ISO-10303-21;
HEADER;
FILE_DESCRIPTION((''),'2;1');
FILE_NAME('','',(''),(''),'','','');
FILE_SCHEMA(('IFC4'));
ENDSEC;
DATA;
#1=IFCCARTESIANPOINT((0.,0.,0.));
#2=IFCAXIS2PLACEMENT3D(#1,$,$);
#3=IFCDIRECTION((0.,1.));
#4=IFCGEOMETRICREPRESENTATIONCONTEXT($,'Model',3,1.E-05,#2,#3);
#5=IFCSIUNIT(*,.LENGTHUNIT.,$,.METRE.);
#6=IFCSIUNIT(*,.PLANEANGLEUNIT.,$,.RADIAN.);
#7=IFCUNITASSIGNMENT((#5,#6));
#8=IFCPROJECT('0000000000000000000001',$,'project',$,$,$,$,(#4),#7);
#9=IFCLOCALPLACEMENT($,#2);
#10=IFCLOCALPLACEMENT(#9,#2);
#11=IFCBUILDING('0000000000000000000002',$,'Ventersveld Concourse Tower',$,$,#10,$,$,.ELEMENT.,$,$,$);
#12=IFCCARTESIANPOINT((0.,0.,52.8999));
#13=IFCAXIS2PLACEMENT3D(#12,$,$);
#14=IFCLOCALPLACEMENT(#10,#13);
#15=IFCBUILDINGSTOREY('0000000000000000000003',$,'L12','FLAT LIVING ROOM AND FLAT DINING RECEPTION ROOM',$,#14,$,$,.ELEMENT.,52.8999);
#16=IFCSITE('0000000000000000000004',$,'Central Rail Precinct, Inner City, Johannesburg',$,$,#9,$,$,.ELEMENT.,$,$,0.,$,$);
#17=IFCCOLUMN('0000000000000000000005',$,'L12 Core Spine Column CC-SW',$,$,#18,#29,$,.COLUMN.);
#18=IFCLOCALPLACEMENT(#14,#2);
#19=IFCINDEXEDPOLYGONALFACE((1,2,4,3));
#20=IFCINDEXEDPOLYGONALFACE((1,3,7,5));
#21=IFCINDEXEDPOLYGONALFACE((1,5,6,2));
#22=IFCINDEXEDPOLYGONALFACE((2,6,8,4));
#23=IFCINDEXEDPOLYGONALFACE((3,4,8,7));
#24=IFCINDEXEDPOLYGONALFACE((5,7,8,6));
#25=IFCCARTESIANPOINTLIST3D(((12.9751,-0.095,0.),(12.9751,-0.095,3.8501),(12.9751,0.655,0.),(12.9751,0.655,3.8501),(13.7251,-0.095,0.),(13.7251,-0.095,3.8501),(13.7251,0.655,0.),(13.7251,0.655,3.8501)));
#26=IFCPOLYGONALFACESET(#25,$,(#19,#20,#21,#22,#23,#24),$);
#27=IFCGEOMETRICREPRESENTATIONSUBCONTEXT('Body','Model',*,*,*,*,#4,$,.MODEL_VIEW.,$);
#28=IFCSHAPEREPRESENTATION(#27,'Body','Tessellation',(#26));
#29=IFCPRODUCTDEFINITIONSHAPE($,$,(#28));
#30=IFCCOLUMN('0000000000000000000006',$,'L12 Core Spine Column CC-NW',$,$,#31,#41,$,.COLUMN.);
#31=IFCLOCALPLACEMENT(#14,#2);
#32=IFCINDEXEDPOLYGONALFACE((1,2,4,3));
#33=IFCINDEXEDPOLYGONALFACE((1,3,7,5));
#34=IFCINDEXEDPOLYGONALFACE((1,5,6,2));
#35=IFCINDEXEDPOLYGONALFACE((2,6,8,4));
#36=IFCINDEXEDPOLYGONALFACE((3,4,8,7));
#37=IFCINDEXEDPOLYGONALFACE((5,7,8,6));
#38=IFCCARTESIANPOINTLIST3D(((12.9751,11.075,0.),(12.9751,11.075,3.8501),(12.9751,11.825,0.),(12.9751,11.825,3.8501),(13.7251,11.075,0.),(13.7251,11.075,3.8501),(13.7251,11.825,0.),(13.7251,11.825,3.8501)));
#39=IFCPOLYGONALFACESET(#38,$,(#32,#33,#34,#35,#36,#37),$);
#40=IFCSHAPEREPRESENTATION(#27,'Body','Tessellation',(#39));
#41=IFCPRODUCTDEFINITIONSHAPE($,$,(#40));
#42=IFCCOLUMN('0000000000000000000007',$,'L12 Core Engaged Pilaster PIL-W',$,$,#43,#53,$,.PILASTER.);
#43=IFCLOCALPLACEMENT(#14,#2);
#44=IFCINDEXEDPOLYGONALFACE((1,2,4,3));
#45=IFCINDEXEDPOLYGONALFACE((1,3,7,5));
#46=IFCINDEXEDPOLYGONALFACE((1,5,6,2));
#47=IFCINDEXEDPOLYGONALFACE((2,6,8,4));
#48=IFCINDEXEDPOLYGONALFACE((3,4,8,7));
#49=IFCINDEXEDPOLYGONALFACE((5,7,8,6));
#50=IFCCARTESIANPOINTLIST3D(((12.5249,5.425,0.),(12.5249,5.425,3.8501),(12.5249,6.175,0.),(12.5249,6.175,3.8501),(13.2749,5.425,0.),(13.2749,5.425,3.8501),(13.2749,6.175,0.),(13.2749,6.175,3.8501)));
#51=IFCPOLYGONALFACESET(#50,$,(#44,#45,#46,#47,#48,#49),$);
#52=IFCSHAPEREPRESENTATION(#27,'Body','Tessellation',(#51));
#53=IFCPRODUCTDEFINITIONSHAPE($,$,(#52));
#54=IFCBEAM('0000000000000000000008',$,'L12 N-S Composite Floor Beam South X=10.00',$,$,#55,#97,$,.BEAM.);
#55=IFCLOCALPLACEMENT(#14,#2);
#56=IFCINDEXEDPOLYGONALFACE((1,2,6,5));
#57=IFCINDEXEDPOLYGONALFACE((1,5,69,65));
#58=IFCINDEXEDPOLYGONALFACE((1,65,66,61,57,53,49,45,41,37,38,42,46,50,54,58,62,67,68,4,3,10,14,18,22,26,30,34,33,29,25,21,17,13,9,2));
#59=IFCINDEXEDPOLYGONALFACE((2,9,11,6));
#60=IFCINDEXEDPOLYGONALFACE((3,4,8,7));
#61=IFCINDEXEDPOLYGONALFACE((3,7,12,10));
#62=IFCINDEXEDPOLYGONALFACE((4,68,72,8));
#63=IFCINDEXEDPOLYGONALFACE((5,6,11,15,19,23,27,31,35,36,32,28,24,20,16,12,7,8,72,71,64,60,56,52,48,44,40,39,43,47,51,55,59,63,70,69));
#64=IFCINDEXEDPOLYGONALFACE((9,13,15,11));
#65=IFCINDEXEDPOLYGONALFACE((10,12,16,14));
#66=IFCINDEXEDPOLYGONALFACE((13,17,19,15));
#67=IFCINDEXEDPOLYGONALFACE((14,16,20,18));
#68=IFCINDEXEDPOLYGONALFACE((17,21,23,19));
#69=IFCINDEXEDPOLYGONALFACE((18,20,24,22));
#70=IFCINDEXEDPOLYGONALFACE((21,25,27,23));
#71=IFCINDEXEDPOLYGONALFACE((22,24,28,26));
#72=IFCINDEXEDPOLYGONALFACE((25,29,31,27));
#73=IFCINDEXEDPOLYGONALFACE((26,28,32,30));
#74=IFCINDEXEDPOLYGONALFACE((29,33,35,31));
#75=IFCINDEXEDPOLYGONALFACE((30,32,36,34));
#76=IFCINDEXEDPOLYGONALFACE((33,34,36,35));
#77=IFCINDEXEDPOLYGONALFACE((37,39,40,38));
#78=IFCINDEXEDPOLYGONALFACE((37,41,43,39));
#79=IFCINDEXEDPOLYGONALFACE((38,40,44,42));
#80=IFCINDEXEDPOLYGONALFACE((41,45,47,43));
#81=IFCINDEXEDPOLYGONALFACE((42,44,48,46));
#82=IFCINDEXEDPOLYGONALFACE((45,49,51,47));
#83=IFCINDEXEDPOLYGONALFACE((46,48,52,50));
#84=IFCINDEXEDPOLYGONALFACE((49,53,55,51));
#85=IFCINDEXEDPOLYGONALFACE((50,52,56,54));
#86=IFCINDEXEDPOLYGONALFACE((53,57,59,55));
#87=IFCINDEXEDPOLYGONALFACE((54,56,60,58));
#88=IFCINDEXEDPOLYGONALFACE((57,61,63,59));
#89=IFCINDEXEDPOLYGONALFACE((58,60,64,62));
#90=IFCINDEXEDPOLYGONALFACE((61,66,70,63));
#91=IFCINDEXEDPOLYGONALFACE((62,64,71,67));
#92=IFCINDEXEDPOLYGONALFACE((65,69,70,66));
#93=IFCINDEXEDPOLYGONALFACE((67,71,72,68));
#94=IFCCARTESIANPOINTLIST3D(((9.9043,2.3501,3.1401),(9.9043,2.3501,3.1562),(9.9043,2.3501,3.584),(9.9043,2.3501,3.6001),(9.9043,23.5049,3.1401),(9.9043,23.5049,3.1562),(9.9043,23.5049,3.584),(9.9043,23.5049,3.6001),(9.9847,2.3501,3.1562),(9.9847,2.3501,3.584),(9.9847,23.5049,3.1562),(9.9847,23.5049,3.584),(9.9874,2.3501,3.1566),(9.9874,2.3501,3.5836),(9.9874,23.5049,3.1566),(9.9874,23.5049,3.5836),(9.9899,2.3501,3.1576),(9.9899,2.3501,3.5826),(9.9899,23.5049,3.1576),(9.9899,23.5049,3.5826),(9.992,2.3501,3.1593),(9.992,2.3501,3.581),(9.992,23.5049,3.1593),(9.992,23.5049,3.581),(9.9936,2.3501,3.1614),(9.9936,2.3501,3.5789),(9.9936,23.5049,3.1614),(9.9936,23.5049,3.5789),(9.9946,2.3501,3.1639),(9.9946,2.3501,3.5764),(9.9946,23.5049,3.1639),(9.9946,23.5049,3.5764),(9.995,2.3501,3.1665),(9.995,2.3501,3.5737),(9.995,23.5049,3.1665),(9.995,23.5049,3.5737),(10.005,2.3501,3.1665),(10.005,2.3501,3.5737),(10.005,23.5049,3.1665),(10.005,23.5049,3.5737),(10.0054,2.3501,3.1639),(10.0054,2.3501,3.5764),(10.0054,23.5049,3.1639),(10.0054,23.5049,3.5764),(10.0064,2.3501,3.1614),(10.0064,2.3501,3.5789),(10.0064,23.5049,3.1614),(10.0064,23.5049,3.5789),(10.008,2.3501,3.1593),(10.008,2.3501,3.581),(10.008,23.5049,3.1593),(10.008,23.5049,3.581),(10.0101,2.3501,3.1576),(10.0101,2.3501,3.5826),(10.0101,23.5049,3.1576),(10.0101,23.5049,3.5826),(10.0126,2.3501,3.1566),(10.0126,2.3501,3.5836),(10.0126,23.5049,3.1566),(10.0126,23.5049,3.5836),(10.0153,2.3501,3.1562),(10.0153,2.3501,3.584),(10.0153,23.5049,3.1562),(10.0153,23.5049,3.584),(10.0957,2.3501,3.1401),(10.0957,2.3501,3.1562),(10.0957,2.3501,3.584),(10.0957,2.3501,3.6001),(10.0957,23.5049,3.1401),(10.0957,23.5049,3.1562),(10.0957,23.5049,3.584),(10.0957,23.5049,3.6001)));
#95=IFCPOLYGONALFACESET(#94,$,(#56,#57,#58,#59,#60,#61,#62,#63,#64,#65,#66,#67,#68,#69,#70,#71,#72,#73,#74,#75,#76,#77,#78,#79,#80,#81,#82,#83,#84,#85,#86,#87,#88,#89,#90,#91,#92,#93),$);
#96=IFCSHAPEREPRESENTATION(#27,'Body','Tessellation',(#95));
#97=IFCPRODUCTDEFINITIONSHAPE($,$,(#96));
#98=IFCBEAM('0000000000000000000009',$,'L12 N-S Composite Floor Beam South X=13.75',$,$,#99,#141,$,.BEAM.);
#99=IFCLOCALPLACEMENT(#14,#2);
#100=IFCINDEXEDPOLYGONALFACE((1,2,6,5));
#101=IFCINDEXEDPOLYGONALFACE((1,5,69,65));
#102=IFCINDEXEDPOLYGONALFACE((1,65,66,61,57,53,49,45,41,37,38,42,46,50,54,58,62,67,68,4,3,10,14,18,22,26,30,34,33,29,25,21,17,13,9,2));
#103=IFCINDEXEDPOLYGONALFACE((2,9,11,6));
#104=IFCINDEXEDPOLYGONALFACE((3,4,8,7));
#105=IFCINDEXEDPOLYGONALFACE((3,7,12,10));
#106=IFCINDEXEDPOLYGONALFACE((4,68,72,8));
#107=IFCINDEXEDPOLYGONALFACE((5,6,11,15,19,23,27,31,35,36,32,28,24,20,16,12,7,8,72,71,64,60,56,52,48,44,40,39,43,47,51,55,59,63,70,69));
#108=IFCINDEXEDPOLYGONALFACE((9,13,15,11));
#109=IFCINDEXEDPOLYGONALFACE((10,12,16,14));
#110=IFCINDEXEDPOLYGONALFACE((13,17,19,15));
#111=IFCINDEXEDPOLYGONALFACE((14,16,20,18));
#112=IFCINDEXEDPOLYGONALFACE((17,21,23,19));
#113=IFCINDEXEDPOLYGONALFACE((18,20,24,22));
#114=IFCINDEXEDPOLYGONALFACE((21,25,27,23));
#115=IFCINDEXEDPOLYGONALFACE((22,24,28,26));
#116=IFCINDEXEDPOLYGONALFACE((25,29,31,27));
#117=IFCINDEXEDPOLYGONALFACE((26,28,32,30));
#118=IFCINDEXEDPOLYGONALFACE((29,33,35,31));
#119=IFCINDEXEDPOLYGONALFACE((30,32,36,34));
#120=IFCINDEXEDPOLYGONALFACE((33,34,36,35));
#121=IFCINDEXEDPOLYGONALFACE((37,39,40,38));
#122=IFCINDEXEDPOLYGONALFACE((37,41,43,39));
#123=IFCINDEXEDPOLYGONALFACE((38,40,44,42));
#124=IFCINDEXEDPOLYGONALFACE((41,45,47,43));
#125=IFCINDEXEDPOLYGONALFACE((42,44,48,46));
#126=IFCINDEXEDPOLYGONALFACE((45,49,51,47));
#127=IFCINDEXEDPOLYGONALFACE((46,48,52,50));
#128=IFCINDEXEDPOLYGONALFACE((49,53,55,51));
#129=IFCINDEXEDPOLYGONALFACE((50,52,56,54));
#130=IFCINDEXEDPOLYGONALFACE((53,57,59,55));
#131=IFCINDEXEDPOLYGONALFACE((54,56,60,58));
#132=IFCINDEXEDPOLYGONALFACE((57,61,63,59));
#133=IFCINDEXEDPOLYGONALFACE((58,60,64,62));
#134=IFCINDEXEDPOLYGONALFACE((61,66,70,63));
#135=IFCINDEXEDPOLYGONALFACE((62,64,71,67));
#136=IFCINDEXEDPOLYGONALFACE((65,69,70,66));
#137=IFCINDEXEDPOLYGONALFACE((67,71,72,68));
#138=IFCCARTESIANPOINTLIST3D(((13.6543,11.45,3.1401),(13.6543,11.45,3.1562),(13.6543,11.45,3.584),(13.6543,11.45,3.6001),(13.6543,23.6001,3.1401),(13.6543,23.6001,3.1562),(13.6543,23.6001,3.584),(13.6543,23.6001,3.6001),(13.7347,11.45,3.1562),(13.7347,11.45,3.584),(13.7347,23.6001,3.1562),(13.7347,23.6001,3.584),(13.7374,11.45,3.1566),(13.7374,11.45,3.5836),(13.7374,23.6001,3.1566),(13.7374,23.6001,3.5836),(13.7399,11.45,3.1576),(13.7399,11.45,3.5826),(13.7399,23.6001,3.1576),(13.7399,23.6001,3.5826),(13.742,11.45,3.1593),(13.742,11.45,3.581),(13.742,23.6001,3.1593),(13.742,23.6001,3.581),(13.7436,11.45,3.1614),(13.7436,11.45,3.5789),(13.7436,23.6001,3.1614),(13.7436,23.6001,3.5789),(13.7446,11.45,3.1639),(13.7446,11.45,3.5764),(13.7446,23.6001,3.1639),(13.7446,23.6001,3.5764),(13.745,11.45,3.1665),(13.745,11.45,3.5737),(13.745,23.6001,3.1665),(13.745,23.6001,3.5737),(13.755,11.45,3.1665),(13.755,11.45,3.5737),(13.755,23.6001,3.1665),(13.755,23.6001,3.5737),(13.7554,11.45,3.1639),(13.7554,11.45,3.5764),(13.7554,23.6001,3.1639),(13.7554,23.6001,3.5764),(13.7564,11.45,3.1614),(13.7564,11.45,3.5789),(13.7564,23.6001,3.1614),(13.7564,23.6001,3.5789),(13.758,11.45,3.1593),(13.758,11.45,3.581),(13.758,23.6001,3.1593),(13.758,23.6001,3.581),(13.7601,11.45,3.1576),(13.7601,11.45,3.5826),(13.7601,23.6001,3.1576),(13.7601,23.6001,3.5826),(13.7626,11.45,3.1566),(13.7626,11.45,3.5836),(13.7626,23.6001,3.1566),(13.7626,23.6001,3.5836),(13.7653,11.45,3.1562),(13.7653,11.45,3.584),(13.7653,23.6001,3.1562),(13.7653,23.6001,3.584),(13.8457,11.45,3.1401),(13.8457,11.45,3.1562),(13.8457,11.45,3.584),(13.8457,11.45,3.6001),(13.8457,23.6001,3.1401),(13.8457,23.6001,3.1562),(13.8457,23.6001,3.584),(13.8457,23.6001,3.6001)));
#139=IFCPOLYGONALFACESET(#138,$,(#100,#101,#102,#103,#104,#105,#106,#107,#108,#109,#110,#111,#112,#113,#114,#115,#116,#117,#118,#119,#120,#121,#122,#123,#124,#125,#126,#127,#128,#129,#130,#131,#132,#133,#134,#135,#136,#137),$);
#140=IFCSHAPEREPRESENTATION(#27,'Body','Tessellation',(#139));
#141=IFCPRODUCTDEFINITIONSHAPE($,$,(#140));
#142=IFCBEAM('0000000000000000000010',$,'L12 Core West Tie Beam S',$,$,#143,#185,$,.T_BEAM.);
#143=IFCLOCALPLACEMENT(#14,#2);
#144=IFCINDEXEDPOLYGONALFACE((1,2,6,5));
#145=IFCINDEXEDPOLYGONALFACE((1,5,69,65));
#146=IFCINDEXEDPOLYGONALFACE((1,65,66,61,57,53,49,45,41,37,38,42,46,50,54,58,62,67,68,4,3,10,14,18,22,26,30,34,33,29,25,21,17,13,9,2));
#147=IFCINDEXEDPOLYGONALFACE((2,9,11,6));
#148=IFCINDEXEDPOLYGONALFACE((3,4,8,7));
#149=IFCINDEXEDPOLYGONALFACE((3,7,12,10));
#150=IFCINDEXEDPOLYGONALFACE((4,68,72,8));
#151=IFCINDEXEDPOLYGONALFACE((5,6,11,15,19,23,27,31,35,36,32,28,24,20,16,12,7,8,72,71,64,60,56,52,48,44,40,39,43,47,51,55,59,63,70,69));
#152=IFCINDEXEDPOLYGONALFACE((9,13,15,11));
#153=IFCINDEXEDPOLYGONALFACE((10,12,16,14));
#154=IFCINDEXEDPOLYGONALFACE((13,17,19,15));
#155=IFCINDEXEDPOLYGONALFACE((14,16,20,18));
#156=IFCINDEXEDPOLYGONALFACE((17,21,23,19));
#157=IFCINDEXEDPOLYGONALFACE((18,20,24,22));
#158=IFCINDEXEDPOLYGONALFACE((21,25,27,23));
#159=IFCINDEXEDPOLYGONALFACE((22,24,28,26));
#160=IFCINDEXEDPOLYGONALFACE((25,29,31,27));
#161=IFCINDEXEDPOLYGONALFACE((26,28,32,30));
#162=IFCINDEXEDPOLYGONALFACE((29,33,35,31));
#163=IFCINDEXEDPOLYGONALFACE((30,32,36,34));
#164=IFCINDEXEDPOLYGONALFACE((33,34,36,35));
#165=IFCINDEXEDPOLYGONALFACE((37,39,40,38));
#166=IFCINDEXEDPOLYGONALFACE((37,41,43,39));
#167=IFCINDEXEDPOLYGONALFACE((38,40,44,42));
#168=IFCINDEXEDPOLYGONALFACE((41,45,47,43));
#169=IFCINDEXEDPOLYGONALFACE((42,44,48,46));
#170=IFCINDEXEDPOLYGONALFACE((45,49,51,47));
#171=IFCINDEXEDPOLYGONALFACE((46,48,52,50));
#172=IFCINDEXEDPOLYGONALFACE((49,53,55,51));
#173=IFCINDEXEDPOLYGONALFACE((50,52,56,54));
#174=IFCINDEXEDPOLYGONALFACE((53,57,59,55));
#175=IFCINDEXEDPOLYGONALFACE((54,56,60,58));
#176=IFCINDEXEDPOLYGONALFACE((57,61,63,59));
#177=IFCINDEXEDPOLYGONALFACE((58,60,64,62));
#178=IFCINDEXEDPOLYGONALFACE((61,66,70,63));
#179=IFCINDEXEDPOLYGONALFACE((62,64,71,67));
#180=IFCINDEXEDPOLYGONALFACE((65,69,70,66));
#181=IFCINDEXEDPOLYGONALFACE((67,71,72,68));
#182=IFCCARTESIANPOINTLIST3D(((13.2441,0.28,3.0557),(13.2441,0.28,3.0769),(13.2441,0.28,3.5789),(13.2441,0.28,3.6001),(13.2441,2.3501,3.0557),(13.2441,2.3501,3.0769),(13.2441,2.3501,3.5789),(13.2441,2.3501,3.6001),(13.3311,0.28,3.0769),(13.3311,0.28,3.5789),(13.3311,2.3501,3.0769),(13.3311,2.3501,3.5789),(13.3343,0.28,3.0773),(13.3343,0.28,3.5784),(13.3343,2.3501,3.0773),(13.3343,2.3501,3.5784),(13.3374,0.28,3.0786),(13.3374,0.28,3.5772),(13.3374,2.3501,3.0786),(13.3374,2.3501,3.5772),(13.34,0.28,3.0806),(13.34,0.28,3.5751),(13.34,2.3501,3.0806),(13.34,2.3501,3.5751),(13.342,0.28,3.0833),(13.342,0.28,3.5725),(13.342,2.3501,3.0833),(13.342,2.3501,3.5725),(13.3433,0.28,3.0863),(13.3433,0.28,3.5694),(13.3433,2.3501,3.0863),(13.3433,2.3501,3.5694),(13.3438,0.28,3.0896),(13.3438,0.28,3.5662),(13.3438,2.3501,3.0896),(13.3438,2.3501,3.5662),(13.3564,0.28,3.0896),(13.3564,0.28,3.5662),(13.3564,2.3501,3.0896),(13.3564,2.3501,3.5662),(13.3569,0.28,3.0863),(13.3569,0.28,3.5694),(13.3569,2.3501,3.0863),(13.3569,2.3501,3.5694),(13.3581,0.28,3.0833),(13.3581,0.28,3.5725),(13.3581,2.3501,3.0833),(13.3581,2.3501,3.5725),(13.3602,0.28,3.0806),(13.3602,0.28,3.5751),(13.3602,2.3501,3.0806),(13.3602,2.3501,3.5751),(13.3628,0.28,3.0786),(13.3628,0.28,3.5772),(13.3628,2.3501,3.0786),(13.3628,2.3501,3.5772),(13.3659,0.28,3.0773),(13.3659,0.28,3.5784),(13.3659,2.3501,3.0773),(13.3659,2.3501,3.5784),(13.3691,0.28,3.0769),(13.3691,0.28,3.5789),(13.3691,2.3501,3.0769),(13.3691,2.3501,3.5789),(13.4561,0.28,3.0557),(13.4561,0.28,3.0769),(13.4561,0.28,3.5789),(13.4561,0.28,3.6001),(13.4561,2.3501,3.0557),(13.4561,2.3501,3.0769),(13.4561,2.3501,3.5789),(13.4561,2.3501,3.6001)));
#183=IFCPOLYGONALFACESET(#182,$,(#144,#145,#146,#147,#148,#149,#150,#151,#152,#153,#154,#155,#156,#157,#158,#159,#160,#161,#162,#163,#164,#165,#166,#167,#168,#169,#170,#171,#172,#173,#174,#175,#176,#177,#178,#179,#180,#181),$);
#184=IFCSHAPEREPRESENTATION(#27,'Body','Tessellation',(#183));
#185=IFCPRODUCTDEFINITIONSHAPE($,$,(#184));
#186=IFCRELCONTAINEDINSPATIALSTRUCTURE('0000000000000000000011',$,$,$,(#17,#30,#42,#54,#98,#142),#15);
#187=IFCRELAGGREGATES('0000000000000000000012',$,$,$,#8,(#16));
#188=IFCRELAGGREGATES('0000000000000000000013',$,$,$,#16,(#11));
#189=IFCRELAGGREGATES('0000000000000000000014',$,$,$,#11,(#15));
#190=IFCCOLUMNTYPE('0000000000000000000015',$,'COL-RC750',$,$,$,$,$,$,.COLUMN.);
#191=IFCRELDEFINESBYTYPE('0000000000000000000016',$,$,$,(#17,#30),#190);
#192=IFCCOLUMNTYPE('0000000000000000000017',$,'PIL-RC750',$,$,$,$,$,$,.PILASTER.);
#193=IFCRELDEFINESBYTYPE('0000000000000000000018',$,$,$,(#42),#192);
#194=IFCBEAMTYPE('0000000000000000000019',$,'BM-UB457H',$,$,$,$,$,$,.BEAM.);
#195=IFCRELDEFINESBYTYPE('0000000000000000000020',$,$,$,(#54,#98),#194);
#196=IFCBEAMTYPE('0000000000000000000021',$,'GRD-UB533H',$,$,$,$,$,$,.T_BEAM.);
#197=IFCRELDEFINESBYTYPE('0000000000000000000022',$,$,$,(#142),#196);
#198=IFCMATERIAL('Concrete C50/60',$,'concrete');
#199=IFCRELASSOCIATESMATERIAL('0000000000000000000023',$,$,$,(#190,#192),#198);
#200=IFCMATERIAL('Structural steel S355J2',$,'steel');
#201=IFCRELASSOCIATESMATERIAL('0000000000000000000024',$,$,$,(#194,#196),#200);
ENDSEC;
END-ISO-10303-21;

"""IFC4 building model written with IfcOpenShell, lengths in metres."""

from ifc_helpers import new_model, si_unit, direction, frame, origin, origin_2d, place, context, subcontext, project, spatial, rectangle, i_section, extrude, material, material_profile, profile_set, type_object, element, save


model = new_model("IFC4")

# Units and contexts
model_context = context("Model", 3, precision=1e-05, world=origin(), true_north=direction((0.0, 1.0)))
body_context = subcontext(model_context, "Body", "Model", "MODEL_VIEW")
ifc_project = project(units=[si_unit("LENGTHUNIT", "METRE"), si_unit("PLANEANGLEUNIT", "RADIAN")], contexts=[model_context])

# Site, building, storey
site_placement = place(None, origin())
site = spatial("IfcSite", under=ifc_project, at=site_placement, Name="Central Rail Precinct, Inner City, Johannesburg", CompositionType="ELEMENT", RefElevation=0.0)
building_placement = place(site_placement, origin())
building = spatial("IfcBuilding", under=site, at=building_placement, Name="Ventersveld Concourse Tower", CompositionType="ELEMENT")
storey_placement = place(building_placement, frame((0.0, 0.0, 52.8999)))
storey = spatial("IfcBuildingStorey", under=building, at=storey_placement, Name="L12", Description="FLAT LIVING ROOM AND FLAT DINING RECEPTION ROOM", CompositionType="ELEMENT", Elevation=52.8999)

# Columns
ifc_material_1 = material(Name="Concrete C50/60", Category="concrete")
ifc_material_profile_1 = material_profile(ifc_material_1, rectangle(XDim=0.75, YDim=0.75, at=origin_2d()), Name="RC 750x750")
ifc_profile_set_1 = profile_set([ifc_material_profile_1], Name="Concrete C50/60")
column_type_1 = type_object("IfcColumnType", Name="COL-RC750", PredefinedType="COLUMN", material=ifc_profile_set_1)
for number, where, z_axis, x_axis, name in (
    (1, (13.3501, 0.28, 0.0), (0.0, 0.0, 1.0), (1.0, 0.0, 0.0), "L12 Core Spine Column CC-SW"),
    (2, (13.3501, 11.45, 0.0), (0.0, 0.0, 1.0), (1.0, 0.0, 0.0), "L12 Core Spine Column CC-NW"),
):
    element("IfcColumn", number, at=place(storey_placement, frame(where, z_axis=z_axis, x_axis=x_axis)), inside=storey, type_object=column_type_1, Name=name, PredefinedType="COLUMN", context=body_context, shape_type="SweptSolid", body=[
        extrude(rectangle(XDim=0.75, YDim=0.75, at=origin_2d()), origin(), (0.0, 0.0, 1.0), 3.8501),
    ])
ifc_material_profile_2 = material_profile(ifc_material_1, rectangle(XDim=0.75, YDim=0.75, at=origin_2d()), Name="RC 750x750")
ifc_profile_set_2 = profile_set([ifc_material_profile_2], Name="Concrete C50/60")
column_type_2 = type_object("IfcColumnType", Name="PIL-RC750", PredefinedType="PILASTER", material=ifc_profile_set_2)
column_placement = place(storey_placement, frame((12.8999, 5.8, 0.0), z_axis=(0.0, 0.0, 1.0), x_axis=(1.0, 0.0, 0.0)))
element("IfcColumn", 3, at=column_placement, inside=storey, type_object=column_type_2, Name="L12 Core Engaged Pilaster PIL-W", PredefinedType="PILASTER", context=body_context, shape_type="SweptSolid", body=[
    extrude(rectangle(XDim=0.75, YDim=0.75, at=origin_2d()), origin(), (0.0, 0.0, 1.0), 3.8501),
])

# Beams
ifc_material_2 = material(Name="Structural steel S355J2", Category="steel")
ifc_material_profile_3 = material_profile(ifc_material_2, i_section(OverallWidth=0.1914, OverallDepth=0.46, WebThickness=0.01, FlangeThickness=0.0161, FilletRadius=0.0103, at=origin_2d()), Name="UB 457x191x82")
ifc_profile_set_3 = profile_set([ifc_material_profile_3], Name="Structural steel S355J2")
beam_type_1 = type_object("IfcBeamType", Name="BM-UB457H", PredefinedType="BEAM", material=ifc_profile_set_3)
beam_1_placement = place(storey_placement, frame((10.0, 2.3501, 3.3701), z_axis=(0.0, 1.0, 0.0), x_axis=(-1.0, 0.0, 0.0)))
element("IfcBeam", 4, at=beam_1_placement, inside=storey, type_object=beam_type_1, Name="L12 N-S Composite Floor Beam South X=10.00", PredefinedType="BEAM", context=body_context, shape_type="SweptSolid", body=[
    extrude(i_section(OverallWidth=0.1914, OverallDepth=0.46, WebThickness=0.01, FlangeThickness=0.0161, FilletRadius=0.0103, at=origin_2d()), origin(), (0.0, 0.0, 1.0), 21.1548),
])
beam_2_placement = place(storey_placement, frame((13.75, 11.45, 3.3701), z_axis=(0.0, 1.0, 0.0), x_axis=(-1.0, 0.0, 0.0)))
element("IfcBeam", 5, at=beam_2_placement, inside=storey, type_object=beam_type_1, Name="L12 N-S Composite Floor Beam South X=13.75", PredefinedType="BEAM", context=body_context, shape_type="SweptSolid", body=[
    extrude(i_section(OverallWidth=0.1914, OverallDepth=0.46, WebThickness=0.01, FlangeThickness=0.0161, FilletRadius=0.0103, at=origin_2d()), origin(), (0.0, 0.0, 1.0), 12.1501),
])
ifc_material_profile_4 = material_profile(ifc_material_2, i_section(OverallWidth=0.2119, OverallDepth=0.5444, WebThickness=0.0127, FlangeThickness=0.0212, FilletRadius=0.0127, at=origin_2d()), Name="UB 533x210x122")
ifc_profile_set_4 = profile_set([ifc_material_profile_4], Name="Structural steel S355J2")
beam_type_2 = type_object("IfcBeamType", Name="GRD-UB533H", PredefinedType="T_BEAM", material=ifc_profile_set_4)
beam_3_placement = place(storey_placement, frame((13.3501, 0.28, 3.3279), z_axis=(0.0, 1.0, 0.0), x_axis=(-1.0, 0.0, 0.0)))
element("IfcBeam", 6, at=beam_3_placement, inside=storey, type_object=beam_type_2, Name="L12 Core West Tie Beam S", PredefinedType="T_BEAM", context=body_context, shape_type="SweptSolid", body=[
    extrude(i_section(OverallWidth=0.2119, OverallDepth=0.5444, WebThickness=0.0127, FlangeThickness=0.0212, FilletRadius=0.0127, at=origin_2d()), origin(), (0.0, 0.0, 1.0), 2.0701),
])

save(model, "model.ifc")
